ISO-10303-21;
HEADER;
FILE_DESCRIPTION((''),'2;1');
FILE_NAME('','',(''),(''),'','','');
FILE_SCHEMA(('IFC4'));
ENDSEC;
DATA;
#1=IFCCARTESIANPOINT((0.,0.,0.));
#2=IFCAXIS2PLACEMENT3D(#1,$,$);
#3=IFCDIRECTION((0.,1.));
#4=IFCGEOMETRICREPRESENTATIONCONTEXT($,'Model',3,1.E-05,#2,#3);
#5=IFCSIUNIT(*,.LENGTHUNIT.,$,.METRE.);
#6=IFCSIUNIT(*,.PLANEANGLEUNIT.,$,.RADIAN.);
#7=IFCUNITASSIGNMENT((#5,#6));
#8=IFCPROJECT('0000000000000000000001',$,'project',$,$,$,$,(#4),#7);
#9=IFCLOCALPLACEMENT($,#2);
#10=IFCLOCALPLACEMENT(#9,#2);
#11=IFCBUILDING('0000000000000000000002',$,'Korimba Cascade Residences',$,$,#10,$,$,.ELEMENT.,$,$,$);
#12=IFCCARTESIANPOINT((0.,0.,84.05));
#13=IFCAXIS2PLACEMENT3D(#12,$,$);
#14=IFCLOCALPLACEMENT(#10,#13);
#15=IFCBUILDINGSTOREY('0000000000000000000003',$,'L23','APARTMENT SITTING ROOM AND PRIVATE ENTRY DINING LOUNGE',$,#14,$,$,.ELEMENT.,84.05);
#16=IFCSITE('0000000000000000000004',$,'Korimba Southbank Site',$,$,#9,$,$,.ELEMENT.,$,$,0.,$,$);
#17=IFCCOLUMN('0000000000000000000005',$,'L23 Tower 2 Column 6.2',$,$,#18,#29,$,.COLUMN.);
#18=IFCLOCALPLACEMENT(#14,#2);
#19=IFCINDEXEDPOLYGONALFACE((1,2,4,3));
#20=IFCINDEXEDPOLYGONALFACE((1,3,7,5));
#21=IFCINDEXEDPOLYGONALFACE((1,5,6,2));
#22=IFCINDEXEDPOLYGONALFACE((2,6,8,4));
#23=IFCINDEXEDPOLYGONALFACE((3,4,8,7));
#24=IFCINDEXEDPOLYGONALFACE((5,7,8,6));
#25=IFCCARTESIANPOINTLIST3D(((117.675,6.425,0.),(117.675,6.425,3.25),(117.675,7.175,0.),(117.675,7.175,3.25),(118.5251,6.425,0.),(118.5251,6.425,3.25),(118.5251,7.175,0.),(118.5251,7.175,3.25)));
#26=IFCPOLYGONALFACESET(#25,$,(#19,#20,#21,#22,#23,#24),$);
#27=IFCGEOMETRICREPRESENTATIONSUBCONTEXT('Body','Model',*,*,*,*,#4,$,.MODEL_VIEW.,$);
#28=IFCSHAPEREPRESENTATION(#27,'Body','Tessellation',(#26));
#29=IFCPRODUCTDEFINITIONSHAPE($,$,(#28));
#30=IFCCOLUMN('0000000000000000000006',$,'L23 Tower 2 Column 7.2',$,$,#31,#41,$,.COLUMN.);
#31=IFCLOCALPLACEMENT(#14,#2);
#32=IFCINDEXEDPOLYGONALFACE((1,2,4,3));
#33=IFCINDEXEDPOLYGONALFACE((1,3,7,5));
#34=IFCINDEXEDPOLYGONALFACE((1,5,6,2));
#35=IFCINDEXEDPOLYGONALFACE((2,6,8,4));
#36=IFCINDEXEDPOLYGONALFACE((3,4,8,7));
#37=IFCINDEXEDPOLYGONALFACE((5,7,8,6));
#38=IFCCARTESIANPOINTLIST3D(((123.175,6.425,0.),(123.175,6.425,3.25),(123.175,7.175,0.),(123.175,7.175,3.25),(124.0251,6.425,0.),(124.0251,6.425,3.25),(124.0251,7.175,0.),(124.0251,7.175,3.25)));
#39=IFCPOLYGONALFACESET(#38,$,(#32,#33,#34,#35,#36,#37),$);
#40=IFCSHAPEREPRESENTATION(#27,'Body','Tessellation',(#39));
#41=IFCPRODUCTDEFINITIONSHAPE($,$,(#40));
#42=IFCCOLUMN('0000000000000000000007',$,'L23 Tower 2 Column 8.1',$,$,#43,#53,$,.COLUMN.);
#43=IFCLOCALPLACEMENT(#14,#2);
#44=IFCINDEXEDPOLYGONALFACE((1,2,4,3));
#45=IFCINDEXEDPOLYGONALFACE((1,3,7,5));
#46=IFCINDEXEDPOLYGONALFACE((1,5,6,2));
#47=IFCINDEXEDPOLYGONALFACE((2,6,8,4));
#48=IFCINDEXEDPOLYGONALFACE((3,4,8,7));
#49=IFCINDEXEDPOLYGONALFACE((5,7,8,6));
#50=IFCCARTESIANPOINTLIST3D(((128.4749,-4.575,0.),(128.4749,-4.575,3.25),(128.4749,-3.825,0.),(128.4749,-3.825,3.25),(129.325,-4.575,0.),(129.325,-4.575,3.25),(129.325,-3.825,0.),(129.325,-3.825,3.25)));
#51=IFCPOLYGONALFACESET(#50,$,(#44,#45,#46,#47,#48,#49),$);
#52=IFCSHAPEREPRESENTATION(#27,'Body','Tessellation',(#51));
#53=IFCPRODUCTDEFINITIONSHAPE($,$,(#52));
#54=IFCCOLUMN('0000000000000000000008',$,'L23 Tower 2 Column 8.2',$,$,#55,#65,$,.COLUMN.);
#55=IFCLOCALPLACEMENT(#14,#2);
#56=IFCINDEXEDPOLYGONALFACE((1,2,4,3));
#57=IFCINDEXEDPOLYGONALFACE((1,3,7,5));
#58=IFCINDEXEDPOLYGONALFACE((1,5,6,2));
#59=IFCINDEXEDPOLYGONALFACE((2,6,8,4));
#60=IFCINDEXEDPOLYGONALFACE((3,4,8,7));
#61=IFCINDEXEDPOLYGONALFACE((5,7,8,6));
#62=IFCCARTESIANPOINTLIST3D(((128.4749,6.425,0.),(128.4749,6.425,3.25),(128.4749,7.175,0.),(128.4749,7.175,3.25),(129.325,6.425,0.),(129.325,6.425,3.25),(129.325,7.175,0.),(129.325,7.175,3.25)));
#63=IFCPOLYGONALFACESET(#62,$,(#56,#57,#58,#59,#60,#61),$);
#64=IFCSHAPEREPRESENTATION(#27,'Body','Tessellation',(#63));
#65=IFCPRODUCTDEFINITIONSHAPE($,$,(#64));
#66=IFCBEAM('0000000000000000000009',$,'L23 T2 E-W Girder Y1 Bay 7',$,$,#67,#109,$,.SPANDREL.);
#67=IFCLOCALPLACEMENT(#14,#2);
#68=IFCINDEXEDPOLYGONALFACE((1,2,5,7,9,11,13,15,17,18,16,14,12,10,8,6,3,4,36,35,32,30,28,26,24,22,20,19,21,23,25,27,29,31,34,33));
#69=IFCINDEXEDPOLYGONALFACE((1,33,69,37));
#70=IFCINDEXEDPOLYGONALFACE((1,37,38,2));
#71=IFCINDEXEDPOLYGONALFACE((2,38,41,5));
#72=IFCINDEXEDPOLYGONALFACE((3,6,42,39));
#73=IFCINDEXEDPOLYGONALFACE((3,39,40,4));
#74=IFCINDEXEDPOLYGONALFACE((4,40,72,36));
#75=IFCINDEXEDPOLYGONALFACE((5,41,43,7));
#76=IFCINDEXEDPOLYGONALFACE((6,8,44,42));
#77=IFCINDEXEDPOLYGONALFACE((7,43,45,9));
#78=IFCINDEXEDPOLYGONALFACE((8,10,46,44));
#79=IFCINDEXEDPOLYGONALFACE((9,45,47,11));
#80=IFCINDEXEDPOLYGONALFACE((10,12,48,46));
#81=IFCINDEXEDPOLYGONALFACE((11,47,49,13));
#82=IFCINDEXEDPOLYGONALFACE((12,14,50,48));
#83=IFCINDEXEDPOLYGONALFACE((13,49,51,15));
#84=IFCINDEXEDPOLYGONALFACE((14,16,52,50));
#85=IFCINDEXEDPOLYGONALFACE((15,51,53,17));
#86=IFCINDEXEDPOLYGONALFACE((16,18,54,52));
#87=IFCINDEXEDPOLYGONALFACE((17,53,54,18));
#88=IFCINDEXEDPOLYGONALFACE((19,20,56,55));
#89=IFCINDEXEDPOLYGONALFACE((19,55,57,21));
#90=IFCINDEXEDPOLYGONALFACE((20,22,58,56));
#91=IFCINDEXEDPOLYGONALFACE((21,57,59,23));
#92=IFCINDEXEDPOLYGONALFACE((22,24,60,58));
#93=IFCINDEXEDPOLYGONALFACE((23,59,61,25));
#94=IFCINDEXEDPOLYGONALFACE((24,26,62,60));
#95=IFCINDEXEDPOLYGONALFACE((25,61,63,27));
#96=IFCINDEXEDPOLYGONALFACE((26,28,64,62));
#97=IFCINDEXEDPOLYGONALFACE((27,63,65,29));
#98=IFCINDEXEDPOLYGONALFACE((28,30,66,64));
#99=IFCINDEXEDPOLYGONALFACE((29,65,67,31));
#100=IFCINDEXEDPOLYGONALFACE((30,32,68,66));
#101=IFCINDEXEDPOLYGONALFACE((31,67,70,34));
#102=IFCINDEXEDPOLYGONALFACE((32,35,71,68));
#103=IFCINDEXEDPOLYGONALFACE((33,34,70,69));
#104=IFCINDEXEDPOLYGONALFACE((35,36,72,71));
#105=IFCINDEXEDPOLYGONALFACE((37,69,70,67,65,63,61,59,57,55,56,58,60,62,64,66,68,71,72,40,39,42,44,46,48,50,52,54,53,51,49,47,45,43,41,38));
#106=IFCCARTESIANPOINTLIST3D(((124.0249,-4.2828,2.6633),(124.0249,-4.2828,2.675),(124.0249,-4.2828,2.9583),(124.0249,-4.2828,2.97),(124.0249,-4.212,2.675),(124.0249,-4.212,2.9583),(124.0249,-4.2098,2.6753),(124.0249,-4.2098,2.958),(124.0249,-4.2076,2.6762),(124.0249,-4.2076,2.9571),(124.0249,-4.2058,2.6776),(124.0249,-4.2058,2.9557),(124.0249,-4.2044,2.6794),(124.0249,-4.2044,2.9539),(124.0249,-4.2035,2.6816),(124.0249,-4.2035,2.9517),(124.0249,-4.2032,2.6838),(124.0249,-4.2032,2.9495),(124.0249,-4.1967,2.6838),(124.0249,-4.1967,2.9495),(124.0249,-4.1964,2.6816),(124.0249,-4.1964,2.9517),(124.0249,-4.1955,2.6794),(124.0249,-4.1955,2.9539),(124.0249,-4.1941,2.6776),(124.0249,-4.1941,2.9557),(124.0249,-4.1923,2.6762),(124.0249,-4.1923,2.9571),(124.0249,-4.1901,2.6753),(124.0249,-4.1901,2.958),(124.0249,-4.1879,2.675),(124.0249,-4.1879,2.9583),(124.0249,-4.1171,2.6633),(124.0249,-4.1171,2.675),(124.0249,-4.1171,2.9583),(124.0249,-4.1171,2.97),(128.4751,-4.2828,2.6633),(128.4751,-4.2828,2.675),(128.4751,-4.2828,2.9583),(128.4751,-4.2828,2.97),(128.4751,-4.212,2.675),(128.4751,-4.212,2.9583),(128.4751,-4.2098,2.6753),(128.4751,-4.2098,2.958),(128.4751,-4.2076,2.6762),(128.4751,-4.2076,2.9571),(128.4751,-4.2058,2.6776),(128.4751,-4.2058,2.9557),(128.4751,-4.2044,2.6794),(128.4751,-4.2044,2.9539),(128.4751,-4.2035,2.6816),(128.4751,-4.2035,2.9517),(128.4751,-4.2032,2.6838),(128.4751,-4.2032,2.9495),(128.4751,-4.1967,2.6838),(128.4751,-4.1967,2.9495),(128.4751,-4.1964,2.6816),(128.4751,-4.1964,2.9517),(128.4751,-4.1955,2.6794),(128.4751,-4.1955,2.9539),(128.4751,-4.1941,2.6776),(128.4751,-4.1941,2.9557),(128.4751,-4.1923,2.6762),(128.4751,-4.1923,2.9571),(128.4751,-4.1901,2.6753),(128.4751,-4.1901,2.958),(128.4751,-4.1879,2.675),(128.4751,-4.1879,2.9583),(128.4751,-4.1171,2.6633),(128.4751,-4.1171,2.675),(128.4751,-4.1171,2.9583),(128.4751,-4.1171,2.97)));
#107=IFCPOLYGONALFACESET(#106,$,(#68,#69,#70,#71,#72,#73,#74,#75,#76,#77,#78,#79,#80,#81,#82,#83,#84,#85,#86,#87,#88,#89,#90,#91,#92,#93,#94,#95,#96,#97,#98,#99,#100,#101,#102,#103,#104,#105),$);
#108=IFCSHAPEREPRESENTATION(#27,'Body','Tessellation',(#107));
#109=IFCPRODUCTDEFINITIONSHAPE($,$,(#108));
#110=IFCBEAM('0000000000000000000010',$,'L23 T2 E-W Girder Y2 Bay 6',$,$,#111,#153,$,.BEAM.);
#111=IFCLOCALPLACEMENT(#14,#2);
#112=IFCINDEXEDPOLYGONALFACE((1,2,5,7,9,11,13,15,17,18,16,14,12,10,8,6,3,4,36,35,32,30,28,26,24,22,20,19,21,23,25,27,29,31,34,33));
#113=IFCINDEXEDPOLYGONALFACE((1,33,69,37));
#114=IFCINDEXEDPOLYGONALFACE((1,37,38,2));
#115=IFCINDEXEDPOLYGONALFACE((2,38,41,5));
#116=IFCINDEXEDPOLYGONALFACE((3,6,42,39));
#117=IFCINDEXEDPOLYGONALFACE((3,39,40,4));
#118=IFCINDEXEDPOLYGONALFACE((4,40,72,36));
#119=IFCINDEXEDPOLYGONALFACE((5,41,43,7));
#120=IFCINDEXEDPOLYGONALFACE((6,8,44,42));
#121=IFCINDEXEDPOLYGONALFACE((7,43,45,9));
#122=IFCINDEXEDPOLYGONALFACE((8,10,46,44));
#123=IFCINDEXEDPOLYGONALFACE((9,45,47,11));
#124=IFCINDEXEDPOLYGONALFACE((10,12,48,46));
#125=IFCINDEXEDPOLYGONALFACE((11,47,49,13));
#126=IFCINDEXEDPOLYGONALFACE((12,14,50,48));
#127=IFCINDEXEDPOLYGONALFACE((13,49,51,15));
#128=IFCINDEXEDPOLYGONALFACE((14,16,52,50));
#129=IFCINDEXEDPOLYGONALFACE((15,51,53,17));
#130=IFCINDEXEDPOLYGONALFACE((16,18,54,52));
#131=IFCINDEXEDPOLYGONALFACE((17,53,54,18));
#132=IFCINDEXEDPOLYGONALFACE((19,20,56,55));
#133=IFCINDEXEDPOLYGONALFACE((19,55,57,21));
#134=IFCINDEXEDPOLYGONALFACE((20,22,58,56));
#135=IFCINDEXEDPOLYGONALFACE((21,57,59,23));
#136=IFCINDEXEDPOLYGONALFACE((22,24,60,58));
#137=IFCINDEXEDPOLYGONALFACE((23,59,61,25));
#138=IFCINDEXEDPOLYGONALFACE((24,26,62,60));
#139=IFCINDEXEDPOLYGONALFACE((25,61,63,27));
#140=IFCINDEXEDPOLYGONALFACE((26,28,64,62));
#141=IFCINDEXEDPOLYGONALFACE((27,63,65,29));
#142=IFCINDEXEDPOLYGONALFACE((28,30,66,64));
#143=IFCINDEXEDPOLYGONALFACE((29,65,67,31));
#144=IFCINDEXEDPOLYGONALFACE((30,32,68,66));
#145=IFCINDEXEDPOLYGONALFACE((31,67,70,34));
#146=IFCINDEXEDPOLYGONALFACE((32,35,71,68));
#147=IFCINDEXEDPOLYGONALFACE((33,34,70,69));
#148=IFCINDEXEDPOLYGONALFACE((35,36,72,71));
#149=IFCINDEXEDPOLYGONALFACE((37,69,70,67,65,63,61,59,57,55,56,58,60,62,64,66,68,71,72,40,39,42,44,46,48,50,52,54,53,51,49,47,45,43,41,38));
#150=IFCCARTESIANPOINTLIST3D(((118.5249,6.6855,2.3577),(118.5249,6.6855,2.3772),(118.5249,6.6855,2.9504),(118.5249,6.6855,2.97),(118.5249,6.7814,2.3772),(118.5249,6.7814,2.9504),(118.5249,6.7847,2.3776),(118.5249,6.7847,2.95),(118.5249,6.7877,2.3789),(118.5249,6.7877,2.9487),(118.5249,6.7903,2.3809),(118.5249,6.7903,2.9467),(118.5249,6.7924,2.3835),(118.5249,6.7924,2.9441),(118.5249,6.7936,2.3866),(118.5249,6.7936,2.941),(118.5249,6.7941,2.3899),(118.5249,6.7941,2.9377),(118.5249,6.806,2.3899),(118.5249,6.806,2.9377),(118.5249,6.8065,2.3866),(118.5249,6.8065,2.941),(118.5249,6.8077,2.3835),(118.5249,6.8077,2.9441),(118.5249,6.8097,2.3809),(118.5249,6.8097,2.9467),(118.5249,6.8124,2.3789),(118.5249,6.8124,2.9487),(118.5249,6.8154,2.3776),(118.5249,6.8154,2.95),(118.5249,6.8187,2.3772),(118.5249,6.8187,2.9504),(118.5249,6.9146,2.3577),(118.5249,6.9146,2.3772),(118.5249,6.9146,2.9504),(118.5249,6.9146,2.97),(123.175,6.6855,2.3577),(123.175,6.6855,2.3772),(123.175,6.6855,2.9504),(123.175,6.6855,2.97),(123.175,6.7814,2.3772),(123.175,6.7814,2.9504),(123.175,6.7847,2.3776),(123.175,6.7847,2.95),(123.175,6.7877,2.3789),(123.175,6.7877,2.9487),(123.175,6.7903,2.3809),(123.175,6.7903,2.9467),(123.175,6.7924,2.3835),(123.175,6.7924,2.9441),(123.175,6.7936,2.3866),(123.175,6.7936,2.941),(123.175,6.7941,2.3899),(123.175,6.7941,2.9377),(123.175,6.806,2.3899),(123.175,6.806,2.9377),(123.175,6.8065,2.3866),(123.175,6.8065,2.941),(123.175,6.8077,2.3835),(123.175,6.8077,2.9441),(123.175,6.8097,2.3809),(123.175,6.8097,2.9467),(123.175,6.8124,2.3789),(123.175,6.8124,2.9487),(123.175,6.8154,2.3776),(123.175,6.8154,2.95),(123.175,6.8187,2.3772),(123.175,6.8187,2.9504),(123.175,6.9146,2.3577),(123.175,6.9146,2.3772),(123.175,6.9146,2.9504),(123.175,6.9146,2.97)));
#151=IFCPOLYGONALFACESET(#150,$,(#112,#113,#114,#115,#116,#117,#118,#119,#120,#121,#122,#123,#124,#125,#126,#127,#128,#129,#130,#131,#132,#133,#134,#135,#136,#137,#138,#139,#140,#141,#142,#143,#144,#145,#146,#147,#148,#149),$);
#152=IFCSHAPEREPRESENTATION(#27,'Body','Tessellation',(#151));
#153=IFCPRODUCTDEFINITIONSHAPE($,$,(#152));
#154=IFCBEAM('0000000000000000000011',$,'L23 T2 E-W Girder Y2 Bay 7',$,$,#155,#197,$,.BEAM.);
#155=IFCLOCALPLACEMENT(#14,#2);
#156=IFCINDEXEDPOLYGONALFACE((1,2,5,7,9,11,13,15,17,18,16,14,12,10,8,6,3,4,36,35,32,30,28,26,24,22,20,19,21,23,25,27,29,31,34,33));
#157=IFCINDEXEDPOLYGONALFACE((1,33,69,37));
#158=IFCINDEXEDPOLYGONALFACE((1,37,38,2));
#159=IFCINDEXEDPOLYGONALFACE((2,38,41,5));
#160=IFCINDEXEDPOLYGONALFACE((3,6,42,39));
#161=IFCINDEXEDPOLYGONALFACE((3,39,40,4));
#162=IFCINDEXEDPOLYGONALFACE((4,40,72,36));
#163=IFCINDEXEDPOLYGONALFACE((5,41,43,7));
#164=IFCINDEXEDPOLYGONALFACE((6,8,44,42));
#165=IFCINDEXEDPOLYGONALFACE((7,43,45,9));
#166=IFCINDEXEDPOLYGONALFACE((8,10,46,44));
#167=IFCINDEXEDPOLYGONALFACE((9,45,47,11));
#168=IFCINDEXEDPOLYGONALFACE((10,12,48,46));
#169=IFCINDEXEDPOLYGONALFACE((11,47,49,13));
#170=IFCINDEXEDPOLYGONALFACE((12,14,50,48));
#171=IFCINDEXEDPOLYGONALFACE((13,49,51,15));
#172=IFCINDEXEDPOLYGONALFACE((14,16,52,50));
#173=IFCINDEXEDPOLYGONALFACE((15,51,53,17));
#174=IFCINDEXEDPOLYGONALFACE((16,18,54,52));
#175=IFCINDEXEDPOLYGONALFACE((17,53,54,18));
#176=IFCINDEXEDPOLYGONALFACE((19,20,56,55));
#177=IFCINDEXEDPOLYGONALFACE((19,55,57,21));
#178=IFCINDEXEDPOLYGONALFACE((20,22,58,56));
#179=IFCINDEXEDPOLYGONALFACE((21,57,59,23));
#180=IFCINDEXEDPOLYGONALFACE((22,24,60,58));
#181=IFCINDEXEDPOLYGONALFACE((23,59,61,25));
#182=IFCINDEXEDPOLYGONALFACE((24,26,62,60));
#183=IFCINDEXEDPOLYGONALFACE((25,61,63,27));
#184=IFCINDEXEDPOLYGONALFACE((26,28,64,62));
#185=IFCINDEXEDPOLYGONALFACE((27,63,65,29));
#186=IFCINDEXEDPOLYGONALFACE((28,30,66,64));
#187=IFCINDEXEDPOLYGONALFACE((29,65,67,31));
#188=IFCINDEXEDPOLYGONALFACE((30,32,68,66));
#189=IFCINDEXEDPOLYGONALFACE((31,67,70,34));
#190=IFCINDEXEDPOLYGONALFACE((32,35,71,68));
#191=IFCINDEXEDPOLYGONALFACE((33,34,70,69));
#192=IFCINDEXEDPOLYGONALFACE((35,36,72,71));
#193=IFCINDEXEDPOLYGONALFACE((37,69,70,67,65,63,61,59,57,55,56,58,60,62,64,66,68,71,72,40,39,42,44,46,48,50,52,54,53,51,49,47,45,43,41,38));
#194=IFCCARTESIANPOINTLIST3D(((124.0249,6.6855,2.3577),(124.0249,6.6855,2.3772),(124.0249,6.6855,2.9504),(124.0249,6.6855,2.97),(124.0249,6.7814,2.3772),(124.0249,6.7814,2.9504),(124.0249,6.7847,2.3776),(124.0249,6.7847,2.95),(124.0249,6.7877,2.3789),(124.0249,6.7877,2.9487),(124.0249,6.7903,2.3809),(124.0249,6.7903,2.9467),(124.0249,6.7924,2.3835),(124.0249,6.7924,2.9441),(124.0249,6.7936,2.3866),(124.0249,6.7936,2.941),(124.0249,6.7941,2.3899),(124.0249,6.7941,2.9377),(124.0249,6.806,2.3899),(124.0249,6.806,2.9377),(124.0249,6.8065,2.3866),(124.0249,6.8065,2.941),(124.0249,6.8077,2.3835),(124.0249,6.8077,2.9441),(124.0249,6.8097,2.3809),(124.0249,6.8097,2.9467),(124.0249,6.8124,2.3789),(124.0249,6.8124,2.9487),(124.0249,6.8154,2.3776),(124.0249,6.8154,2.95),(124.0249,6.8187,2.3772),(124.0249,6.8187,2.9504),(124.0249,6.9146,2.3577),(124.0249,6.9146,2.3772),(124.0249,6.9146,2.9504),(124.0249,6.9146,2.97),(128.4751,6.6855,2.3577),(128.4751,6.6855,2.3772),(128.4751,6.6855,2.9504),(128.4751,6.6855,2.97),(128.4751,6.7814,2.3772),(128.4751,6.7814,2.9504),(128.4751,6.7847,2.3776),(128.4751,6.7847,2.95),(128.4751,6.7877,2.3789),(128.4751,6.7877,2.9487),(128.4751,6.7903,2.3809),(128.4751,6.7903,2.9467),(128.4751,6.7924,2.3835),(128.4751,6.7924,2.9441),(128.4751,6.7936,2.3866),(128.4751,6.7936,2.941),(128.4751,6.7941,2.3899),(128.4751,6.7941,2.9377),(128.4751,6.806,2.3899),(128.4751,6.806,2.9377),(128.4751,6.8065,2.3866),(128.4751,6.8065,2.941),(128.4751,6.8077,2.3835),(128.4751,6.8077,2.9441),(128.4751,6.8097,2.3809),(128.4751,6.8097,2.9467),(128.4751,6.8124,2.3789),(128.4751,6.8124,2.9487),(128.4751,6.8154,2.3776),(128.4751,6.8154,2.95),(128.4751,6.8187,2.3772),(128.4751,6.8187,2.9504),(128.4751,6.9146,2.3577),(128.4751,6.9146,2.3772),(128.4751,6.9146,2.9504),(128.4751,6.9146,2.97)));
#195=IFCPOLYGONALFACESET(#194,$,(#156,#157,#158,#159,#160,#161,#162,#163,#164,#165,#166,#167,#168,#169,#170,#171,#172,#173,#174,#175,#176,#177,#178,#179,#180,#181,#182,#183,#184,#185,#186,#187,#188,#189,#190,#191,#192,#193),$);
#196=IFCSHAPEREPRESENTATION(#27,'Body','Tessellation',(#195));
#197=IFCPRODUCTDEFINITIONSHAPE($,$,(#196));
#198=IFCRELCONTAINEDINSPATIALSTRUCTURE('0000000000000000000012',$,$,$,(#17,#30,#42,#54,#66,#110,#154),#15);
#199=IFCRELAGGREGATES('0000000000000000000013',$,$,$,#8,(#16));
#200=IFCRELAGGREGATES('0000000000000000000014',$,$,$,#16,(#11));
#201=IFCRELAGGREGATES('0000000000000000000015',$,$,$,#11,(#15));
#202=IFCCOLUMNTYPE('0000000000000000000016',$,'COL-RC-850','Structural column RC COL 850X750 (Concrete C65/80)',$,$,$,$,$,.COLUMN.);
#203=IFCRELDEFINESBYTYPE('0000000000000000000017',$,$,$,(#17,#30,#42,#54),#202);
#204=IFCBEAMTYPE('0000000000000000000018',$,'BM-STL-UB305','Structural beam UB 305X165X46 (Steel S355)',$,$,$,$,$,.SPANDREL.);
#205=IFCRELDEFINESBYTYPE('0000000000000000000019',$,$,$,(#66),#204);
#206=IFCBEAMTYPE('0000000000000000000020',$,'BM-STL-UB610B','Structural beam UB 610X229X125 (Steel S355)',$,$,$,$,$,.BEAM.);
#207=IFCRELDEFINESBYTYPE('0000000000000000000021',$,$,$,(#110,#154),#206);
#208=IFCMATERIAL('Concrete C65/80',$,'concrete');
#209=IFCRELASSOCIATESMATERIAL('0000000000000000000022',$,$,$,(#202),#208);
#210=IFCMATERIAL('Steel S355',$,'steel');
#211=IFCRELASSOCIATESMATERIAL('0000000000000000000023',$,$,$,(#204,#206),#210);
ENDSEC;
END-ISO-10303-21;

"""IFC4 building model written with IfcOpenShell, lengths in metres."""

from ifc_helpers import new_model, si_unit, direction, frame, origin, origin_2d, place, context, subcontext, project, spatial, rectangle, i_section, extrude, material, material_profile, profile_set, type_object, element, save


model = new_model("IFC4")

# Units and contexts
model_context = context("Model", 3, precision=1e-05, world=origin(), true_north=direction((0.0, 1.0)))
body_context = subcontext(model_context, "Body", "Model", "MODEL_VIEW")
ifc_project = project(units=[si_unit("LENGTHUNIT", "METRE"), si_unit("PLANEANGLEUNIT", "RADIAN")], contexts=[model_context])

# Site, building, storey
site_placement = place(None, origin())
site = spatial("IfcSite", under=ifc_project, at=site_placement, Name="Korimba Southbank Site", CompositionType="ELEMENT", RefElevation=0.0)
building_placement = place(site_placement, origin())
building = spatial("IfcBuilding", under=site, at=building_placement, Name="Korimba Cascade Residences", CompositionType="ELEMENT")
storey_placement = place(building_placement, frame((0.0, 0.0, 84.05)))
storey = spatial("IfcBuildingStorey", under=building, at=storey_placement, Name="L23", Description="APARTMENT SITTING ROOM AND PRIVATE ENTRY DINING LOUNGE", CompositionType="ELEMENT", Elevation=84.05)

# Columns
ifc_material_1 = material(Name="Concrete C65/80", Category="concrete")
ifc_material_profile_1 = material_profile(ifc_material_1, rectangle(XDim=0.8501, YDim=0.75, at=origin_2d()), Name="Concrete C65/80")
ifc_profile_set_1 = profile_set([ifc_material_profile_1], Name="Concrete C65/80")
column_type = type_object("IfcColumnType", Name="COL-RC-850", Description="Structural column RC COL 850X750 (Concrete C65/80)", PredefinedType="COLUMN", material=ifc_profile_set_1)
for number, where, z_axis, x_axis, name in (
    (1, (118.1001, 6.8, 0.0), (0.0, 0.0, 1.0), (1.0, 0.0, 0.0), "L23 Tower 2 Column 6.2"),
    (2, (123.6001, 6.8, 0.0), (0.0, 0.0, 1.0), (1.0, 0.0, 0.0), "L23 Tower 2 Column 7.2"),
    (3, (128.8999, -4.2, 0.0), (0.0, 0.0, 1.0), (1.0, 0.0, 0.0), "L23 Tower 2 Column 8.1"),
    (4, (128.8999, 6.8, 0.0), (0.0, 0.0, 1.0), (1.0, 0.0, 0.0), "L23 Tower 2 Column 8.2"),
):
    element("IfcColumn", number, at=place(storey_placement, frame(where, z_axis=z_axis, x_axis=x_axis)), inside=storey, type_object=column_type, Name=name, PredefinedType="COLUMN", context=body_context, shape_type="SweptSolid", body=[
        extrude(rectangle(XDim=0.8501, YDim=0.75, at=origin_2d()), origin(), (0.0, 0.0, 1.0), 3.25),
    ])

# Beams
ifc_material_2 = material(Name="Steel S355", Category="steel")
ifc_material_profile_2 = material_profile(ifc_material_2, i_section(OverallWidth=0.1658, OverallDepth=0.3066, WebThickness=0.0066, FlangeThickness=0.0117, FilletRadius=0.0088, at=origin_2d()), Name="Steel S355")
ifc_profile_set_2 = profile_set([ifc_material_profile_2], Name="Steel S355")
beam_type_1 = type_object("IfcBeamType", Name="BM-STL-UB305", Description="Structural beam UB 305X165X46 (Steel S355)", PredefinedType="SPANDREL", material=ifc_profile_set_2)
beam_1_placement = place(storey_placement, frame((124.0249, -4.2, 2.8167), z_axis=(1.0, 0.0, 0.0), x_axis=(0.0, 1.0, 0.0)))
element("IfcBeam", 5, at=beam_1_placement, inside=storey, type_object=beam_type_1, Name="L23 T2 E-W Girder Y1 Bay 7", PredefinedType="SPANDREL", context=body_context, shape_type="SweptSolid", body=[
    extrude(i_section(OverallWidth=0.1658, OverallDepth=0.3066, WebThickness=0.0066, FlangeThickness=0.0117, FilletRadius=0.0088, at=origin_2d()), origin(), (0.0, 0.0, 1.0), 4.4502),
])
ifc_material_profile_3 = material_profile(ifc_material_2, i_section(OverallWidth=0.229, OverallDepth=0.6123, WebThickness=0.012, FlangeThickness=0.0195, FilletRadius=0.0127, at=origin_2d()), Name="Steel S355")
ifc_profile_set_3 = profile_set([ifc_material_profile_3], Name="Steel S355")
beam_type_2 = type_object("IfcBeamType", Name="BM-STL-UB610B", Description="Structural beam UB 610X229X125 (Steel S355)", PredefinedType="BEAM", material=ifc_profile_set_3)
beam_2_placement = place(storey_placement, frame((118.5249, 6.8, 2.6638), z_axis=(1.0, 0.0, 0.0), x_axis=(0.0, 1.0, 0.0)))
element("IfcBeam", 6, at=beam_2_placement, inside=storey, type_object=beam_type_2, Name="L23 T2 E-W Girder Y2 Bay 6", PredefinedType="BEAM", context=body_context, shape_type="SweptSolid", body=[
    extrude(i_section(OverallWidth=0.229, OverallDepth=0.6123, WebThickness=0.012, FlangeThickness=0.0195, FilletRadius=0.0127, at=origin_2d()), origin(), (0.0, 0.0, 1.0), 4.6501),
])
beam_3_placement = place(storey_placement, frame((124.0249, 6.8, 2.6638), z_axis=(1.0, 0.0, 0.0), x_axis=(0.0, 1.0, 0.0)))
element("IfcBeam", 7, at=beam_3_placement, inside=storey, type_object=beam_type_2, Name="L23 T2 E-W Girder Y2 Bay 7", PredefinedType="BEAM", context=body_context, shape_type="SweptSolid", body=[
    extrude(i_section(OverallWidth=0.229, OverallDepth=0.6123, WebThickness=0.012, FlangeThickness=0.0195, FilletRadius=0.0127, at=origin_2d()), origin(), (0.0, 0.0, 1.0), 4.4502),
])

save(model, "model.ifc")
